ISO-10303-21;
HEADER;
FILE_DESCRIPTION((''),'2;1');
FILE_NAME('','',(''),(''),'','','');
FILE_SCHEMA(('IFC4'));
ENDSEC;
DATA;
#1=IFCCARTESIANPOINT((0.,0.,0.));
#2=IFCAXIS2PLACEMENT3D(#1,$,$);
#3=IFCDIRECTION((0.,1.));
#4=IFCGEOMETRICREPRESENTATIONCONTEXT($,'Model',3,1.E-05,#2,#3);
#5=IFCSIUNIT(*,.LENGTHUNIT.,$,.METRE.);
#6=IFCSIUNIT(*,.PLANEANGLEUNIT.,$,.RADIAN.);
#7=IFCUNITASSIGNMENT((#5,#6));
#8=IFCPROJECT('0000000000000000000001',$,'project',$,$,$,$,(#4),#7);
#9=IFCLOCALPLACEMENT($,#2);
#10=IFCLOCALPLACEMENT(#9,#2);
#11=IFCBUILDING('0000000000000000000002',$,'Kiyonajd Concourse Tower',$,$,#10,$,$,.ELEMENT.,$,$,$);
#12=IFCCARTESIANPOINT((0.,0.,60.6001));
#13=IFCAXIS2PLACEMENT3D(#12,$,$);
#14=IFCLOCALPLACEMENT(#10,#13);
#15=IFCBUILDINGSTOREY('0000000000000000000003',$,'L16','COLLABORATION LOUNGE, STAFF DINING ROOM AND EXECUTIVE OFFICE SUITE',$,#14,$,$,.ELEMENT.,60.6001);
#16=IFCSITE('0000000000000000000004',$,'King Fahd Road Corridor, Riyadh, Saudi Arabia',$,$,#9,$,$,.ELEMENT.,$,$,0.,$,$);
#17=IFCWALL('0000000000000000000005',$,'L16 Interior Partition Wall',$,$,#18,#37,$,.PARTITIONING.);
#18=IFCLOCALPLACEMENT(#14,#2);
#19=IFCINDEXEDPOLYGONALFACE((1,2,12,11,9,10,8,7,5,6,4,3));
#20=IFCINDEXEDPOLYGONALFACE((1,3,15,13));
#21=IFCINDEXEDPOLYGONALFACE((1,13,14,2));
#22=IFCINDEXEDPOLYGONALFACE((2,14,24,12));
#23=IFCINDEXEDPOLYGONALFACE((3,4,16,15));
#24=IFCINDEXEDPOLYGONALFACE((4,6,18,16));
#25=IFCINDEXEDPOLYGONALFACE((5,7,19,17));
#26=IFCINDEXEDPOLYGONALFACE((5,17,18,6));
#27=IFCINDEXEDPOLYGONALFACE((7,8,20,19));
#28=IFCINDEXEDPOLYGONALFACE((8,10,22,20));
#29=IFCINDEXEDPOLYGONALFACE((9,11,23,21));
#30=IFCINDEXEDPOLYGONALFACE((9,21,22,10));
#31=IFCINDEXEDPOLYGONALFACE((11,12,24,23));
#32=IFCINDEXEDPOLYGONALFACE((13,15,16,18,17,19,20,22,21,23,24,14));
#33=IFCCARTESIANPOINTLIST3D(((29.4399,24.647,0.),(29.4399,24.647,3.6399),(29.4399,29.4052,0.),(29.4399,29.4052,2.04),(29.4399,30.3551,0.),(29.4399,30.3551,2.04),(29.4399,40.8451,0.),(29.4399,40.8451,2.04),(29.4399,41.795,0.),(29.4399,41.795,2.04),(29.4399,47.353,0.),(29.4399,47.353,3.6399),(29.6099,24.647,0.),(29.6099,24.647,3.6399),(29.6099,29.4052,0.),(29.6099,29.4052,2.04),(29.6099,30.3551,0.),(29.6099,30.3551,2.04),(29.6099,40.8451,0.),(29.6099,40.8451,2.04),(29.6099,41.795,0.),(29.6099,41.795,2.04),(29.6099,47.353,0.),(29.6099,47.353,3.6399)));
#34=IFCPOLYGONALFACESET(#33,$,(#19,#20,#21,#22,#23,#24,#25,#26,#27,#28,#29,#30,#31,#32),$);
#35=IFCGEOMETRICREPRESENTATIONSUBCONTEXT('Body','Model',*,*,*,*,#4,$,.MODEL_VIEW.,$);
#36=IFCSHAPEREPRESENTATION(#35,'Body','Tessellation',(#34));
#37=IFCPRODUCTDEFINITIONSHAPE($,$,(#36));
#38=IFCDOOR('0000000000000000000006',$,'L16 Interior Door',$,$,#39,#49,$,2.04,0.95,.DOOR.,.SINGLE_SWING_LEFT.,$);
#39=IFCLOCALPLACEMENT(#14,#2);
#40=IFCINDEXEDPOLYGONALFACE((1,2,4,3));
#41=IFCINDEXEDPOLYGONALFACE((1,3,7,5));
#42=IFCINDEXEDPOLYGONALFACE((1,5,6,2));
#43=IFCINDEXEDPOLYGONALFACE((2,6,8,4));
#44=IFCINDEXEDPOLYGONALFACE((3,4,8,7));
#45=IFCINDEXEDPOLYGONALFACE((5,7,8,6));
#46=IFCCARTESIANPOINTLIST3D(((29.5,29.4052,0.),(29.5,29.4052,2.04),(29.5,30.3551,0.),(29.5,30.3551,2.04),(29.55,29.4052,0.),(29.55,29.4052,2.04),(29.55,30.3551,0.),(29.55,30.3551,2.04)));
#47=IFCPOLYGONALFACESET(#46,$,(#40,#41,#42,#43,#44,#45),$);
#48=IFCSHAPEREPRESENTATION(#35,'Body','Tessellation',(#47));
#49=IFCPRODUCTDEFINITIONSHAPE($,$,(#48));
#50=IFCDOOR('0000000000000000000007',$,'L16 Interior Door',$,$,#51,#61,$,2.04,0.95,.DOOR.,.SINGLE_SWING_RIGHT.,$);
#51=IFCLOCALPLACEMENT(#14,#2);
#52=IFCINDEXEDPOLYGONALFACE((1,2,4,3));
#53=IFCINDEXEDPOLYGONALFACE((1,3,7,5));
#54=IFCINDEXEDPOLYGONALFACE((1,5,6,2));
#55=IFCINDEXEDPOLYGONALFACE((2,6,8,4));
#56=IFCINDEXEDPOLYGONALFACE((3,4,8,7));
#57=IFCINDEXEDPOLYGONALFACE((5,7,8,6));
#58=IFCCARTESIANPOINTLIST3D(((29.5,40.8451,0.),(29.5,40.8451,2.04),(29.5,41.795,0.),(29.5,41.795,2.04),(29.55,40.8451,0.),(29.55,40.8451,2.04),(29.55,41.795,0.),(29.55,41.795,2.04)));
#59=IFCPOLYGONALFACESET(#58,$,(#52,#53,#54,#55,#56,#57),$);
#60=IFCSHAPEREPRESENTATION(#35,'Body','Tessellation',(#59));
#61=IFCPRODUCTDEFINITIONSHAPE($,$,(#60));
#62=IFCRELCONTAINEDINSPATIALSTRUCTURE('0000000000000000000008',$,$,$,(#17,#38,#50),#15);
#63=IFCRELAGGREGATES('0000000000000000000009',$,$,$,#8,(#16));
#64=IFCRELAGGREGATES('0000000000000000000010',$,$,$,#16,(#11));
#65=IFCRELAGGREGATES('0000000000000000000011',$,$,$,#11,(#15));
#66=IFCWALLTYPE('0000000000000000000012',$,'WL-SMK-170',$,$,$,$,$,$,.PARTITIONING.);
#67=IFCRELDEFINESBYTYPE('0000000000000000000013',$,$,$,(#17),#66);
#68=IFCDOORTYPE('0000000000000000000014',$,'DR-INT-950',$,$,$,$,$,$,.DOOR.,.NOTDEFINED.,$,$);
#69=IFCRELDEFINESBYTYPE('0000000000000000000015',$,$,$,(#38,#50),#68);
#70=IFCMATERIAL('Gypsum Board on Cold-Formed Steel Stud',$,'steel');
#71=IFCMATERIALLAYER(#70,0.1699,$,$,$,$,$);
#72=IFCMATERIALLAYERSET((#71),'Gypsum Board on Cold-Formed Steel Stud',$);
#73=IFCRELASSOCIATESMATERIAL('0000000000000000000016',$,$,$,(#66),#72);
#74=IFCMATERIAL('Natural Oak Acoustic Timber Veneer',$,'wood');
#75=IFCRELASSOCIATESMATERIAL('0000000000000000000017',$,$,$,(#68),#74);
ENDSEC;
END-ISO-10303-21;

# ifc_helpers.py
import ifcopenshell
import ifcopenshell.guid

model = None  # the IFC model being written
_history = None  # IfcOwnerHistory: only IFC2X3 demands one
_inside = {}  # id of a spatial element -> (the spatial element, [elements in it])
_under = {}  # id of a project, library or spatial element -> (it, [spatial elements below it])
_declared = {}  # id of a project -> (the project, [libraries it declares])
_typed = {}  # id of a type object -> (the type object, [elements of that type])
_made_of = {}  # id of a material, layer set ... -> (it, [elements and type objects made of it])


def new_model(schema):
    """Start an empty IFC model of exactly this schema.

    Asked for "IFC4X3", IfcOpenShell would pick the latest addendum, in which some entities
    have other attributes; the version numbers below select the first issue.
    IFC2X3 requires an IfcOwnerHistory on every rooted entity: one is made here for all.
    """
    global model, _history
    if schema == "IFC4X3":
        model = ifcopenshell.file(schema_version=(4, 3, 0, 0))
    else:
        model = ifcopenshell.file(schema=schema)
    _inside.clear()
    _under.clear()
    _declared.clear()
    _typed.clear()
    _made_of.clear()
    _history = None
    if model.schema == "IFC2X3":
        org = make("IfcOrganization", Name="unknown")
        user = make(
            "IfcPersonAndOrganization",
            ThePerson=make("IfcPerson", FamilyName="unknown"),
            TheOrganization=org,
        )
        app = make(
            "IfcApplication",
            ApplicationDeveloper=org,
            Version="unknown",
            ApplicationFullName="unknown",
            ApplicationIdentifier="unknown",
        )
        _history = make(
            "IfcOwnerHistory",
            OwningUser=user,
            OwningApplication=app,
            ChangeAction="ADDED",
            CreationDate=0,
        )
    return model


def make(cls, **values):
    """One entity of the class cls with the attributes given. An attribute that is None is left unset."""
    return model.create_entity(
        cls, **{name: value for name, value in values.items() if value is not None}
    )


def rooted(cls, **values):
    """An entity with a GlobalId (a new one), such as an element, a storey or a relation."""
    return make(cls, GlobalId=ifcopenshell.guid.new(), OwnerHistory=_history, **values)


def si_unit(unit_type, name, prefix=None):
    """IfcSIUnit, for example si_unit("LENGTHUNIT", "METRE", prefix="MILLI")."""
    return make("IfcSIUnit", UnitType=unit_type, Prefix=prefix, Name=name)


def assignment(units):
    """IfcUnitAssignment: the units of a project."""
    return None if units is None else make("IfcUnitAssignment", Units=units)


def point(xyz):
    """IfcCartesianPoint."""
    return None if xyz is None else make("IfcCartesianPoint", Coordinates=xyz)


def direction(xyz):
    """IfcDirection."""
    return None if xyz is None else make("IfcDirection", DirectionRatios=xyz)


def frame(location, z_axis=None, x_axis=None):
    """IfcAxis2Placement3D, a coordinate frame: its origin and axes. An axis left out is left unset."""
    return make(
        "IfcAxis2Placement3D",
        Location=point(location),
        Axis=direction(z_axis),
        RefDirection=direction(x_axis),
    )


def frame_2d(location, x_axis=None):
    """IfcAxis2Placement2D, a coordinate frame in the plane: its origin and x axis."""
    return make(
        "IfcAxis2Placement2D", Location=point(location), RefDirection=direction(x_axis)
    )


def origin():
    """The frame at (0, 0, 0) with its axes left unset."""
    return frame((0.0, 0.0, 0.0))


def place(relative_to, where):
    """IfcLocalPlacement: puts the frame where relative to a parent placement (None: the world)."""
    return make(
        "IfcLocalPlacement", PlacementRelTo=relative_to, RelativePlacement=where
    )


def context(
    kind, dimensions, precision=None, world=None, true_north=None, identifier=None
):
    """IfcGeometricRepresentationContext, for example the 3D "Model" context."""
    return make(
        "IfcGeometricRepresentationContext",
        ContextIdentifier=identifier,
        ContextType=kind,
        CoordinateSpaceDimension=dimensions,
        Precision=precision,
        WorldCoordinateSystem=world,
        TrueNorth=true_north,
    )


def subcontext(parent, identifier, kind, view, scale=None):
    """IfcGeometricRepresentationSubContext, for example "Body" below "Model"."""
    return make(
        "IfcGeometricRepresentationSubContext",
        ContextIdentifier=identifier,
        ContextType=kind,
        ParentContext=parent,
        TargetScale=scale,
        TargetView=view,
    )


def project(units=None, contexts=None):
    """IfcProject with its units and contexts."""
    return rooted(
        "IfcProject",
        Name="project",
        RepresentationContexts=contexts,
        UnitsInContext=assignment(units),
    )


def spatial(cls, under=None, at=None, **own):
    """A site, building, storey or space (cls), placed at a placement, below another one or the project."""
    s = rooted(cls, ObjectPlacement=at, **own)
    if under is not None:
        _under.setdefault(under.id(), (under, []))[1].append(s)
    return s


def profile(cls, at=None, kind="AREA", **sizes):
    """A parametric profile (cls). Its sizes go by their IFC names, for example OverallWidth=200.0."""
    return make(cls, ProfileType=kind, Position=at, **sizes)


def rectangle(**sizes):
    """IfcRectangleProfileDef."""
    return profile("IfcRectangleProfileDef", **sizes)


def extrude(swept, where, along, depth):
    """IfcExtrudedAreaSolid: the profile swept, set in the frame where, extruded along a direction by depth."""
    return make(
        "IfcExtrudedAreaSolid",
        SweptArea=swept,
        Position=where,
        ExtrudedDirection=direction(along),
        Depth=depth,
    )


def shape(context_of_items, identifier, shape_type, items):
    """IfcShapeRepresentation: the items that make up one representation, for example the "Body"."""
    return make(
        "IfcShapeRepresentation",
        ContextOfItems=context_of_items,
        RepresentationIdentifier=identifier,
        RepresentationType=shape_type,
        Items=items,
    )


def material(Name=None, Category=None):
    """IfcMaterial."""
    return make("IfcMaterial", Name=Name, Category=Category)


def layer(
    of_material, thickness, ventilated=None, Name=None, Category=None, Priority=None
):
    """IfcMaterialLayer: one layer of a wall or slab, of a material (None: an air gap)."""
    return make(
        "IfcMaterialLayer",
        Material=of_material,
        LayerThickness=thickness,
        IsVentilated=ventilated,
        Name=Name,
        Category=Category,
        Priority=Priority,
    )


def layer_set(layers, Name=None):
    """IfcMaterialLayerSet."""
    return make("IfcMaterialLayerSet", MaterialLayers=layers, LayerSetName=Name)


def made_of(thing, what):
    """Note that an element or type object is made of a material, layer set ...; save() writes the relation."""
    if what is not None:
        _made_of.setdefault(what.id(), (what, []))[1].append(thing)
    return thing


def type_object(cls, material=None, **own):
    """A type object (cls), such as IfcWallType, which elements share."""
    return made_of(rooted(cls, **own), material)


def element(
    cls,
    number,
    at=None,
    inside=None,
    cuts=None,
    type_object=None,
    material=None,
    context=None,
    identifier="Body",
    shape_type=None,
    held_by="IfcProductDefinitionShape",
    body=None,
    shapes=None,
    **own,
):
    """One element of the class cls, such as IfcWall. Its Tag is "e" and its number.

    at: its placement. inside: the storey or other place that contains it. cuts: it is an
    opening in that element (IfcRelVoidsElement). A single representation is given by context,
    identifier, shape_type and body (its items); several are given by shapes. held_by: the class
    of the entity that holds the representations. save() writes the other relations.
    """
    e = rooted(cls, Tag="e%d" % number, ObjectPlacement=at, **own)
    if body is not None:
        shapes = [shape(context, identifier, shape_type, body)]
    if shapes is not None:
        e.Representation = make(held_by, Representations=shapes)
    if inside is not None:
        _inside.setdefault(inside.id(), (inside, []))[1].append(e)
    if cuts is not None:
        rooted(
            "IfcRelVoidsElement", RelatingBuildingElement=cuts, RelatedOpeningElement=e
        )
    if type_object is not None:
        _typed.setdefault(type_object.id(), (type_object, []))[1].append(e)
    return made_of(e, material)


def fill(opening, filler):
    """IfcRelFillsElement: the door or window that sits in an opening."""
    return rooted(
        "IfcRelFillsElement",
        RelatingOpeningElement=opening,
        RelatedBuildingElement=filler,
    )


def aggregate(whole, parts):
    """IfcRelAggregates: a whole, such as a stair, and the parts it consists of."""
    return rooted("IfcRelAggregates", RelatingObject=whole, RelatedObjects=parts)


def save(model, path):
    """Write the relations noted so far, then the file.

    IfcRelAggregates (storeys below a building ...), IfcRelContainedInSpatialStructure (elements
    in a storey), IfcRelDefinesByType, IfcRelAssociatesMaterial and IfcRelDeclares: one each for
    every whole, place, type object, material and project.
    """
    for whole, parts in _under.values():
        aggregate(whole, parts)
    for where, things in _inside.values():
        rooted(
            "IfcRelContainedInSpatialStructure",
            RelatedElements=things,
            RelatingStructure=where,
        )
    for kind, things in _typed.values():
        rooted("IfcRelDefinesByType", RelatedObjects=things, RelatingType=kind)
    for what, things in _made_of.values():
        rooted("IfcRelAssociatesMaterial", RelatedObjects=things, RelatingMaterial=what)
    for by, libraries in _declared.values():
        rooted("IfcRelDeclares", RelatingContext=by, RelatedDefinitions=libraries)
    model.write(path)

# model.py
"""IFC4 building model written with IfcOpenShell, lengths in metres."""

from ifc_helpers import new_model, si_unit, direction, frame, frame_2d, origin, place, context, subcontext, project, spatial, rectangle, extrude, material, layer, layer_set, type_object, element, fill, save


model = new_model("IFC4")

# Units and contexts
model_context = context("Model", 3, precision=1e-05, world=origin(), true_north=direction((0.0, 1.0)))
body_context = subcontext(model_context, "Body", "Model", "MODEL_VIEW")
ifc_project = project(units=[si_unit("LENGTHUNIT", "METRE"), si_unit("PLANEANGLEUNIT", "RADIAN")], contexts=[model_context])

# Site, building, storey
site_placement = place(None, origin())
site = spatial("IfcSite", under=ifc_project, at=site_placement, Name="King Fahd Road Corridor, Riyadh, Saudi Arabia", CompositionType="ELEMENT", RefElevation=0.0)
building_placement = place(site_placement, origin())
building = spatial("IfcBuilding", under=site, at=building_placement, Name="Kiyonajd Concourse Tower", CompositionType="ELEMENT")
storey_placement = place(building_placement, frame((0.0, 0.0, 60.6001)))
storey = spatial("IfcBuildingStorey", under=building, at=storey_placement, Name="L16", Description="COLLABORATION LOUNGE, STAFF DINING ROOM AND EXECUTIVE OFFICE SUITE", CompositionType="ELEMENT", Elevation=60.6001)

# Wall, openings, doors
ifc_material_1 = material(Name="Gypsum Board on Cold-Formed Steel Stud", Category="steel")
ifc_layer_1 = layer(ifc_material_1, 0.1699)
ifc_layer_set_1 = layer_set([ifc_layer_1], Name="Gypsum Board on Cold-Formed Steel Stud")
wall_type_1 = type_object("IfcWallType", Name="WL-SMK-170", PredefinedType="PARTITIONING", material=ifc_layer_set_1)
ifc_material_2 = material(Name="Natural Oak Acoustic Timber Veneer", Category="wood")
door_type_1 = type_object("IfcDoorType", Name="DR-INT-950", OperationType="NOTDEFINED", PredefinedType="DOOR", material=ifc_material_2)
wall_1_placement = place(storey_placement, frame((29.5249, 24.647, 0.0), z_axis=(0.0, 0.0, 1.0), x_axis=(0.0, 1.0, 0.0)))
wall_1 = element("IfcWall", 1, at=wall_1_placement, inside=storey, type_object=wall_type_1, Name="L16 Interior Partition Wall", PredefinedType="PARTITIONING", context=body_context, shape_type="SweptSolid", body=[
    extrude(rectangle(XDim=22.7061, YDim=0.1699, at=frame_2d((11.353, 0.0))), origin(), (0.0, 0.0, 1.0), 3.6399),
])
opening_1_placement = place(wall_1_placement, frame((4.7581, 0.0, 0.0)))
opening_1 = element("IfcOpeningElement", 2, at=opening_1_placement, cuts=wall_1, PredefinedType="OPENING", context=body_context, shape_type="SweptSolid", body=[
    extrude(rectangle(XDim=0.95, YDim=2.04, at=frame_2d((0.4751, 1.02))), frame((0.0, 0.095, 0.0), z_axis=(0.0, -1.0, 0.0), x_axis=(1.0, 0.0, 0.0)), (0.0, 0.0, 1.0), 0.1899),
])
opening_2_placement = place(wall_1_placement, frame((16.198, 0.0, 0.0)))
opening_2 = element("IfcOpeningElement", 3, at=opening_2_placement, cuts=wall_1, PredefinedType="OPENING", context=body_context, shape_type="SweptSolid", body=[
    extrude(rectangle(XDim=0.95, YDim=2.04, at=frame_2d((0.4751, 1.02))), frame((0.0, 0.095, 0.0), z_axis=(0.0, -1.0, 0.0), x_axis=(1.0, 0.0, 0.0)), (0.0, 0.0, 1.0), 0.1899),
])
door_1_placement = place(opening_1_placement, origin())
door_1 = element("IfcDoor", 4, at=door_1_placement, inside=storey, type_object=door_type_1, Name="L16 Interior Door", OperationType="SINGLE_SWING_LEFT", OverallHeight=2.04, OverallWidth=0.95, PredefinedType="DOOR", context=body_context, shape_type="SweptSolid", body=[
    extrude(rectangle(XDim=0.95, YDim=2.04, at=frame_2d((0.4751, 1.02))), frame((0.0, 0.0249, 0.0), z_axis=(0.0, -1.0, 0.0), x_axis=(1.0, 0.0, 0.0)), (0.0, 0.0, 1.0), 0.05),
])
fill(opening_1, door_1)
door_2_placement = place(opening_2_placement, origin())
door_2 = element("IfcDoor", 5, at=door_2_placement, inside=storey, type_object=door_type_1, Name="L16 Interior Door", OperationType="SINGLE_SWING_RIGHT", OverallHeight=2.04, OverallWidth=0.95, PredefinedType="DOOR", context=body_context, shape_type="SweptSolid", body=[
    extrude(rectangle(XDim=0.95, YDim=2.04, at=frame_2d((0.4751, 1.02))), frame((0.0, 0.0249, 0.0), z_axis=(0.0, -1.0, 0.0), x_axis=(1.0, 0.0, 0.0)), (0.0, 0.0, 1.0), 0.05),
])
fill(opening_2, door_2)

save(model, "model.ifc")
